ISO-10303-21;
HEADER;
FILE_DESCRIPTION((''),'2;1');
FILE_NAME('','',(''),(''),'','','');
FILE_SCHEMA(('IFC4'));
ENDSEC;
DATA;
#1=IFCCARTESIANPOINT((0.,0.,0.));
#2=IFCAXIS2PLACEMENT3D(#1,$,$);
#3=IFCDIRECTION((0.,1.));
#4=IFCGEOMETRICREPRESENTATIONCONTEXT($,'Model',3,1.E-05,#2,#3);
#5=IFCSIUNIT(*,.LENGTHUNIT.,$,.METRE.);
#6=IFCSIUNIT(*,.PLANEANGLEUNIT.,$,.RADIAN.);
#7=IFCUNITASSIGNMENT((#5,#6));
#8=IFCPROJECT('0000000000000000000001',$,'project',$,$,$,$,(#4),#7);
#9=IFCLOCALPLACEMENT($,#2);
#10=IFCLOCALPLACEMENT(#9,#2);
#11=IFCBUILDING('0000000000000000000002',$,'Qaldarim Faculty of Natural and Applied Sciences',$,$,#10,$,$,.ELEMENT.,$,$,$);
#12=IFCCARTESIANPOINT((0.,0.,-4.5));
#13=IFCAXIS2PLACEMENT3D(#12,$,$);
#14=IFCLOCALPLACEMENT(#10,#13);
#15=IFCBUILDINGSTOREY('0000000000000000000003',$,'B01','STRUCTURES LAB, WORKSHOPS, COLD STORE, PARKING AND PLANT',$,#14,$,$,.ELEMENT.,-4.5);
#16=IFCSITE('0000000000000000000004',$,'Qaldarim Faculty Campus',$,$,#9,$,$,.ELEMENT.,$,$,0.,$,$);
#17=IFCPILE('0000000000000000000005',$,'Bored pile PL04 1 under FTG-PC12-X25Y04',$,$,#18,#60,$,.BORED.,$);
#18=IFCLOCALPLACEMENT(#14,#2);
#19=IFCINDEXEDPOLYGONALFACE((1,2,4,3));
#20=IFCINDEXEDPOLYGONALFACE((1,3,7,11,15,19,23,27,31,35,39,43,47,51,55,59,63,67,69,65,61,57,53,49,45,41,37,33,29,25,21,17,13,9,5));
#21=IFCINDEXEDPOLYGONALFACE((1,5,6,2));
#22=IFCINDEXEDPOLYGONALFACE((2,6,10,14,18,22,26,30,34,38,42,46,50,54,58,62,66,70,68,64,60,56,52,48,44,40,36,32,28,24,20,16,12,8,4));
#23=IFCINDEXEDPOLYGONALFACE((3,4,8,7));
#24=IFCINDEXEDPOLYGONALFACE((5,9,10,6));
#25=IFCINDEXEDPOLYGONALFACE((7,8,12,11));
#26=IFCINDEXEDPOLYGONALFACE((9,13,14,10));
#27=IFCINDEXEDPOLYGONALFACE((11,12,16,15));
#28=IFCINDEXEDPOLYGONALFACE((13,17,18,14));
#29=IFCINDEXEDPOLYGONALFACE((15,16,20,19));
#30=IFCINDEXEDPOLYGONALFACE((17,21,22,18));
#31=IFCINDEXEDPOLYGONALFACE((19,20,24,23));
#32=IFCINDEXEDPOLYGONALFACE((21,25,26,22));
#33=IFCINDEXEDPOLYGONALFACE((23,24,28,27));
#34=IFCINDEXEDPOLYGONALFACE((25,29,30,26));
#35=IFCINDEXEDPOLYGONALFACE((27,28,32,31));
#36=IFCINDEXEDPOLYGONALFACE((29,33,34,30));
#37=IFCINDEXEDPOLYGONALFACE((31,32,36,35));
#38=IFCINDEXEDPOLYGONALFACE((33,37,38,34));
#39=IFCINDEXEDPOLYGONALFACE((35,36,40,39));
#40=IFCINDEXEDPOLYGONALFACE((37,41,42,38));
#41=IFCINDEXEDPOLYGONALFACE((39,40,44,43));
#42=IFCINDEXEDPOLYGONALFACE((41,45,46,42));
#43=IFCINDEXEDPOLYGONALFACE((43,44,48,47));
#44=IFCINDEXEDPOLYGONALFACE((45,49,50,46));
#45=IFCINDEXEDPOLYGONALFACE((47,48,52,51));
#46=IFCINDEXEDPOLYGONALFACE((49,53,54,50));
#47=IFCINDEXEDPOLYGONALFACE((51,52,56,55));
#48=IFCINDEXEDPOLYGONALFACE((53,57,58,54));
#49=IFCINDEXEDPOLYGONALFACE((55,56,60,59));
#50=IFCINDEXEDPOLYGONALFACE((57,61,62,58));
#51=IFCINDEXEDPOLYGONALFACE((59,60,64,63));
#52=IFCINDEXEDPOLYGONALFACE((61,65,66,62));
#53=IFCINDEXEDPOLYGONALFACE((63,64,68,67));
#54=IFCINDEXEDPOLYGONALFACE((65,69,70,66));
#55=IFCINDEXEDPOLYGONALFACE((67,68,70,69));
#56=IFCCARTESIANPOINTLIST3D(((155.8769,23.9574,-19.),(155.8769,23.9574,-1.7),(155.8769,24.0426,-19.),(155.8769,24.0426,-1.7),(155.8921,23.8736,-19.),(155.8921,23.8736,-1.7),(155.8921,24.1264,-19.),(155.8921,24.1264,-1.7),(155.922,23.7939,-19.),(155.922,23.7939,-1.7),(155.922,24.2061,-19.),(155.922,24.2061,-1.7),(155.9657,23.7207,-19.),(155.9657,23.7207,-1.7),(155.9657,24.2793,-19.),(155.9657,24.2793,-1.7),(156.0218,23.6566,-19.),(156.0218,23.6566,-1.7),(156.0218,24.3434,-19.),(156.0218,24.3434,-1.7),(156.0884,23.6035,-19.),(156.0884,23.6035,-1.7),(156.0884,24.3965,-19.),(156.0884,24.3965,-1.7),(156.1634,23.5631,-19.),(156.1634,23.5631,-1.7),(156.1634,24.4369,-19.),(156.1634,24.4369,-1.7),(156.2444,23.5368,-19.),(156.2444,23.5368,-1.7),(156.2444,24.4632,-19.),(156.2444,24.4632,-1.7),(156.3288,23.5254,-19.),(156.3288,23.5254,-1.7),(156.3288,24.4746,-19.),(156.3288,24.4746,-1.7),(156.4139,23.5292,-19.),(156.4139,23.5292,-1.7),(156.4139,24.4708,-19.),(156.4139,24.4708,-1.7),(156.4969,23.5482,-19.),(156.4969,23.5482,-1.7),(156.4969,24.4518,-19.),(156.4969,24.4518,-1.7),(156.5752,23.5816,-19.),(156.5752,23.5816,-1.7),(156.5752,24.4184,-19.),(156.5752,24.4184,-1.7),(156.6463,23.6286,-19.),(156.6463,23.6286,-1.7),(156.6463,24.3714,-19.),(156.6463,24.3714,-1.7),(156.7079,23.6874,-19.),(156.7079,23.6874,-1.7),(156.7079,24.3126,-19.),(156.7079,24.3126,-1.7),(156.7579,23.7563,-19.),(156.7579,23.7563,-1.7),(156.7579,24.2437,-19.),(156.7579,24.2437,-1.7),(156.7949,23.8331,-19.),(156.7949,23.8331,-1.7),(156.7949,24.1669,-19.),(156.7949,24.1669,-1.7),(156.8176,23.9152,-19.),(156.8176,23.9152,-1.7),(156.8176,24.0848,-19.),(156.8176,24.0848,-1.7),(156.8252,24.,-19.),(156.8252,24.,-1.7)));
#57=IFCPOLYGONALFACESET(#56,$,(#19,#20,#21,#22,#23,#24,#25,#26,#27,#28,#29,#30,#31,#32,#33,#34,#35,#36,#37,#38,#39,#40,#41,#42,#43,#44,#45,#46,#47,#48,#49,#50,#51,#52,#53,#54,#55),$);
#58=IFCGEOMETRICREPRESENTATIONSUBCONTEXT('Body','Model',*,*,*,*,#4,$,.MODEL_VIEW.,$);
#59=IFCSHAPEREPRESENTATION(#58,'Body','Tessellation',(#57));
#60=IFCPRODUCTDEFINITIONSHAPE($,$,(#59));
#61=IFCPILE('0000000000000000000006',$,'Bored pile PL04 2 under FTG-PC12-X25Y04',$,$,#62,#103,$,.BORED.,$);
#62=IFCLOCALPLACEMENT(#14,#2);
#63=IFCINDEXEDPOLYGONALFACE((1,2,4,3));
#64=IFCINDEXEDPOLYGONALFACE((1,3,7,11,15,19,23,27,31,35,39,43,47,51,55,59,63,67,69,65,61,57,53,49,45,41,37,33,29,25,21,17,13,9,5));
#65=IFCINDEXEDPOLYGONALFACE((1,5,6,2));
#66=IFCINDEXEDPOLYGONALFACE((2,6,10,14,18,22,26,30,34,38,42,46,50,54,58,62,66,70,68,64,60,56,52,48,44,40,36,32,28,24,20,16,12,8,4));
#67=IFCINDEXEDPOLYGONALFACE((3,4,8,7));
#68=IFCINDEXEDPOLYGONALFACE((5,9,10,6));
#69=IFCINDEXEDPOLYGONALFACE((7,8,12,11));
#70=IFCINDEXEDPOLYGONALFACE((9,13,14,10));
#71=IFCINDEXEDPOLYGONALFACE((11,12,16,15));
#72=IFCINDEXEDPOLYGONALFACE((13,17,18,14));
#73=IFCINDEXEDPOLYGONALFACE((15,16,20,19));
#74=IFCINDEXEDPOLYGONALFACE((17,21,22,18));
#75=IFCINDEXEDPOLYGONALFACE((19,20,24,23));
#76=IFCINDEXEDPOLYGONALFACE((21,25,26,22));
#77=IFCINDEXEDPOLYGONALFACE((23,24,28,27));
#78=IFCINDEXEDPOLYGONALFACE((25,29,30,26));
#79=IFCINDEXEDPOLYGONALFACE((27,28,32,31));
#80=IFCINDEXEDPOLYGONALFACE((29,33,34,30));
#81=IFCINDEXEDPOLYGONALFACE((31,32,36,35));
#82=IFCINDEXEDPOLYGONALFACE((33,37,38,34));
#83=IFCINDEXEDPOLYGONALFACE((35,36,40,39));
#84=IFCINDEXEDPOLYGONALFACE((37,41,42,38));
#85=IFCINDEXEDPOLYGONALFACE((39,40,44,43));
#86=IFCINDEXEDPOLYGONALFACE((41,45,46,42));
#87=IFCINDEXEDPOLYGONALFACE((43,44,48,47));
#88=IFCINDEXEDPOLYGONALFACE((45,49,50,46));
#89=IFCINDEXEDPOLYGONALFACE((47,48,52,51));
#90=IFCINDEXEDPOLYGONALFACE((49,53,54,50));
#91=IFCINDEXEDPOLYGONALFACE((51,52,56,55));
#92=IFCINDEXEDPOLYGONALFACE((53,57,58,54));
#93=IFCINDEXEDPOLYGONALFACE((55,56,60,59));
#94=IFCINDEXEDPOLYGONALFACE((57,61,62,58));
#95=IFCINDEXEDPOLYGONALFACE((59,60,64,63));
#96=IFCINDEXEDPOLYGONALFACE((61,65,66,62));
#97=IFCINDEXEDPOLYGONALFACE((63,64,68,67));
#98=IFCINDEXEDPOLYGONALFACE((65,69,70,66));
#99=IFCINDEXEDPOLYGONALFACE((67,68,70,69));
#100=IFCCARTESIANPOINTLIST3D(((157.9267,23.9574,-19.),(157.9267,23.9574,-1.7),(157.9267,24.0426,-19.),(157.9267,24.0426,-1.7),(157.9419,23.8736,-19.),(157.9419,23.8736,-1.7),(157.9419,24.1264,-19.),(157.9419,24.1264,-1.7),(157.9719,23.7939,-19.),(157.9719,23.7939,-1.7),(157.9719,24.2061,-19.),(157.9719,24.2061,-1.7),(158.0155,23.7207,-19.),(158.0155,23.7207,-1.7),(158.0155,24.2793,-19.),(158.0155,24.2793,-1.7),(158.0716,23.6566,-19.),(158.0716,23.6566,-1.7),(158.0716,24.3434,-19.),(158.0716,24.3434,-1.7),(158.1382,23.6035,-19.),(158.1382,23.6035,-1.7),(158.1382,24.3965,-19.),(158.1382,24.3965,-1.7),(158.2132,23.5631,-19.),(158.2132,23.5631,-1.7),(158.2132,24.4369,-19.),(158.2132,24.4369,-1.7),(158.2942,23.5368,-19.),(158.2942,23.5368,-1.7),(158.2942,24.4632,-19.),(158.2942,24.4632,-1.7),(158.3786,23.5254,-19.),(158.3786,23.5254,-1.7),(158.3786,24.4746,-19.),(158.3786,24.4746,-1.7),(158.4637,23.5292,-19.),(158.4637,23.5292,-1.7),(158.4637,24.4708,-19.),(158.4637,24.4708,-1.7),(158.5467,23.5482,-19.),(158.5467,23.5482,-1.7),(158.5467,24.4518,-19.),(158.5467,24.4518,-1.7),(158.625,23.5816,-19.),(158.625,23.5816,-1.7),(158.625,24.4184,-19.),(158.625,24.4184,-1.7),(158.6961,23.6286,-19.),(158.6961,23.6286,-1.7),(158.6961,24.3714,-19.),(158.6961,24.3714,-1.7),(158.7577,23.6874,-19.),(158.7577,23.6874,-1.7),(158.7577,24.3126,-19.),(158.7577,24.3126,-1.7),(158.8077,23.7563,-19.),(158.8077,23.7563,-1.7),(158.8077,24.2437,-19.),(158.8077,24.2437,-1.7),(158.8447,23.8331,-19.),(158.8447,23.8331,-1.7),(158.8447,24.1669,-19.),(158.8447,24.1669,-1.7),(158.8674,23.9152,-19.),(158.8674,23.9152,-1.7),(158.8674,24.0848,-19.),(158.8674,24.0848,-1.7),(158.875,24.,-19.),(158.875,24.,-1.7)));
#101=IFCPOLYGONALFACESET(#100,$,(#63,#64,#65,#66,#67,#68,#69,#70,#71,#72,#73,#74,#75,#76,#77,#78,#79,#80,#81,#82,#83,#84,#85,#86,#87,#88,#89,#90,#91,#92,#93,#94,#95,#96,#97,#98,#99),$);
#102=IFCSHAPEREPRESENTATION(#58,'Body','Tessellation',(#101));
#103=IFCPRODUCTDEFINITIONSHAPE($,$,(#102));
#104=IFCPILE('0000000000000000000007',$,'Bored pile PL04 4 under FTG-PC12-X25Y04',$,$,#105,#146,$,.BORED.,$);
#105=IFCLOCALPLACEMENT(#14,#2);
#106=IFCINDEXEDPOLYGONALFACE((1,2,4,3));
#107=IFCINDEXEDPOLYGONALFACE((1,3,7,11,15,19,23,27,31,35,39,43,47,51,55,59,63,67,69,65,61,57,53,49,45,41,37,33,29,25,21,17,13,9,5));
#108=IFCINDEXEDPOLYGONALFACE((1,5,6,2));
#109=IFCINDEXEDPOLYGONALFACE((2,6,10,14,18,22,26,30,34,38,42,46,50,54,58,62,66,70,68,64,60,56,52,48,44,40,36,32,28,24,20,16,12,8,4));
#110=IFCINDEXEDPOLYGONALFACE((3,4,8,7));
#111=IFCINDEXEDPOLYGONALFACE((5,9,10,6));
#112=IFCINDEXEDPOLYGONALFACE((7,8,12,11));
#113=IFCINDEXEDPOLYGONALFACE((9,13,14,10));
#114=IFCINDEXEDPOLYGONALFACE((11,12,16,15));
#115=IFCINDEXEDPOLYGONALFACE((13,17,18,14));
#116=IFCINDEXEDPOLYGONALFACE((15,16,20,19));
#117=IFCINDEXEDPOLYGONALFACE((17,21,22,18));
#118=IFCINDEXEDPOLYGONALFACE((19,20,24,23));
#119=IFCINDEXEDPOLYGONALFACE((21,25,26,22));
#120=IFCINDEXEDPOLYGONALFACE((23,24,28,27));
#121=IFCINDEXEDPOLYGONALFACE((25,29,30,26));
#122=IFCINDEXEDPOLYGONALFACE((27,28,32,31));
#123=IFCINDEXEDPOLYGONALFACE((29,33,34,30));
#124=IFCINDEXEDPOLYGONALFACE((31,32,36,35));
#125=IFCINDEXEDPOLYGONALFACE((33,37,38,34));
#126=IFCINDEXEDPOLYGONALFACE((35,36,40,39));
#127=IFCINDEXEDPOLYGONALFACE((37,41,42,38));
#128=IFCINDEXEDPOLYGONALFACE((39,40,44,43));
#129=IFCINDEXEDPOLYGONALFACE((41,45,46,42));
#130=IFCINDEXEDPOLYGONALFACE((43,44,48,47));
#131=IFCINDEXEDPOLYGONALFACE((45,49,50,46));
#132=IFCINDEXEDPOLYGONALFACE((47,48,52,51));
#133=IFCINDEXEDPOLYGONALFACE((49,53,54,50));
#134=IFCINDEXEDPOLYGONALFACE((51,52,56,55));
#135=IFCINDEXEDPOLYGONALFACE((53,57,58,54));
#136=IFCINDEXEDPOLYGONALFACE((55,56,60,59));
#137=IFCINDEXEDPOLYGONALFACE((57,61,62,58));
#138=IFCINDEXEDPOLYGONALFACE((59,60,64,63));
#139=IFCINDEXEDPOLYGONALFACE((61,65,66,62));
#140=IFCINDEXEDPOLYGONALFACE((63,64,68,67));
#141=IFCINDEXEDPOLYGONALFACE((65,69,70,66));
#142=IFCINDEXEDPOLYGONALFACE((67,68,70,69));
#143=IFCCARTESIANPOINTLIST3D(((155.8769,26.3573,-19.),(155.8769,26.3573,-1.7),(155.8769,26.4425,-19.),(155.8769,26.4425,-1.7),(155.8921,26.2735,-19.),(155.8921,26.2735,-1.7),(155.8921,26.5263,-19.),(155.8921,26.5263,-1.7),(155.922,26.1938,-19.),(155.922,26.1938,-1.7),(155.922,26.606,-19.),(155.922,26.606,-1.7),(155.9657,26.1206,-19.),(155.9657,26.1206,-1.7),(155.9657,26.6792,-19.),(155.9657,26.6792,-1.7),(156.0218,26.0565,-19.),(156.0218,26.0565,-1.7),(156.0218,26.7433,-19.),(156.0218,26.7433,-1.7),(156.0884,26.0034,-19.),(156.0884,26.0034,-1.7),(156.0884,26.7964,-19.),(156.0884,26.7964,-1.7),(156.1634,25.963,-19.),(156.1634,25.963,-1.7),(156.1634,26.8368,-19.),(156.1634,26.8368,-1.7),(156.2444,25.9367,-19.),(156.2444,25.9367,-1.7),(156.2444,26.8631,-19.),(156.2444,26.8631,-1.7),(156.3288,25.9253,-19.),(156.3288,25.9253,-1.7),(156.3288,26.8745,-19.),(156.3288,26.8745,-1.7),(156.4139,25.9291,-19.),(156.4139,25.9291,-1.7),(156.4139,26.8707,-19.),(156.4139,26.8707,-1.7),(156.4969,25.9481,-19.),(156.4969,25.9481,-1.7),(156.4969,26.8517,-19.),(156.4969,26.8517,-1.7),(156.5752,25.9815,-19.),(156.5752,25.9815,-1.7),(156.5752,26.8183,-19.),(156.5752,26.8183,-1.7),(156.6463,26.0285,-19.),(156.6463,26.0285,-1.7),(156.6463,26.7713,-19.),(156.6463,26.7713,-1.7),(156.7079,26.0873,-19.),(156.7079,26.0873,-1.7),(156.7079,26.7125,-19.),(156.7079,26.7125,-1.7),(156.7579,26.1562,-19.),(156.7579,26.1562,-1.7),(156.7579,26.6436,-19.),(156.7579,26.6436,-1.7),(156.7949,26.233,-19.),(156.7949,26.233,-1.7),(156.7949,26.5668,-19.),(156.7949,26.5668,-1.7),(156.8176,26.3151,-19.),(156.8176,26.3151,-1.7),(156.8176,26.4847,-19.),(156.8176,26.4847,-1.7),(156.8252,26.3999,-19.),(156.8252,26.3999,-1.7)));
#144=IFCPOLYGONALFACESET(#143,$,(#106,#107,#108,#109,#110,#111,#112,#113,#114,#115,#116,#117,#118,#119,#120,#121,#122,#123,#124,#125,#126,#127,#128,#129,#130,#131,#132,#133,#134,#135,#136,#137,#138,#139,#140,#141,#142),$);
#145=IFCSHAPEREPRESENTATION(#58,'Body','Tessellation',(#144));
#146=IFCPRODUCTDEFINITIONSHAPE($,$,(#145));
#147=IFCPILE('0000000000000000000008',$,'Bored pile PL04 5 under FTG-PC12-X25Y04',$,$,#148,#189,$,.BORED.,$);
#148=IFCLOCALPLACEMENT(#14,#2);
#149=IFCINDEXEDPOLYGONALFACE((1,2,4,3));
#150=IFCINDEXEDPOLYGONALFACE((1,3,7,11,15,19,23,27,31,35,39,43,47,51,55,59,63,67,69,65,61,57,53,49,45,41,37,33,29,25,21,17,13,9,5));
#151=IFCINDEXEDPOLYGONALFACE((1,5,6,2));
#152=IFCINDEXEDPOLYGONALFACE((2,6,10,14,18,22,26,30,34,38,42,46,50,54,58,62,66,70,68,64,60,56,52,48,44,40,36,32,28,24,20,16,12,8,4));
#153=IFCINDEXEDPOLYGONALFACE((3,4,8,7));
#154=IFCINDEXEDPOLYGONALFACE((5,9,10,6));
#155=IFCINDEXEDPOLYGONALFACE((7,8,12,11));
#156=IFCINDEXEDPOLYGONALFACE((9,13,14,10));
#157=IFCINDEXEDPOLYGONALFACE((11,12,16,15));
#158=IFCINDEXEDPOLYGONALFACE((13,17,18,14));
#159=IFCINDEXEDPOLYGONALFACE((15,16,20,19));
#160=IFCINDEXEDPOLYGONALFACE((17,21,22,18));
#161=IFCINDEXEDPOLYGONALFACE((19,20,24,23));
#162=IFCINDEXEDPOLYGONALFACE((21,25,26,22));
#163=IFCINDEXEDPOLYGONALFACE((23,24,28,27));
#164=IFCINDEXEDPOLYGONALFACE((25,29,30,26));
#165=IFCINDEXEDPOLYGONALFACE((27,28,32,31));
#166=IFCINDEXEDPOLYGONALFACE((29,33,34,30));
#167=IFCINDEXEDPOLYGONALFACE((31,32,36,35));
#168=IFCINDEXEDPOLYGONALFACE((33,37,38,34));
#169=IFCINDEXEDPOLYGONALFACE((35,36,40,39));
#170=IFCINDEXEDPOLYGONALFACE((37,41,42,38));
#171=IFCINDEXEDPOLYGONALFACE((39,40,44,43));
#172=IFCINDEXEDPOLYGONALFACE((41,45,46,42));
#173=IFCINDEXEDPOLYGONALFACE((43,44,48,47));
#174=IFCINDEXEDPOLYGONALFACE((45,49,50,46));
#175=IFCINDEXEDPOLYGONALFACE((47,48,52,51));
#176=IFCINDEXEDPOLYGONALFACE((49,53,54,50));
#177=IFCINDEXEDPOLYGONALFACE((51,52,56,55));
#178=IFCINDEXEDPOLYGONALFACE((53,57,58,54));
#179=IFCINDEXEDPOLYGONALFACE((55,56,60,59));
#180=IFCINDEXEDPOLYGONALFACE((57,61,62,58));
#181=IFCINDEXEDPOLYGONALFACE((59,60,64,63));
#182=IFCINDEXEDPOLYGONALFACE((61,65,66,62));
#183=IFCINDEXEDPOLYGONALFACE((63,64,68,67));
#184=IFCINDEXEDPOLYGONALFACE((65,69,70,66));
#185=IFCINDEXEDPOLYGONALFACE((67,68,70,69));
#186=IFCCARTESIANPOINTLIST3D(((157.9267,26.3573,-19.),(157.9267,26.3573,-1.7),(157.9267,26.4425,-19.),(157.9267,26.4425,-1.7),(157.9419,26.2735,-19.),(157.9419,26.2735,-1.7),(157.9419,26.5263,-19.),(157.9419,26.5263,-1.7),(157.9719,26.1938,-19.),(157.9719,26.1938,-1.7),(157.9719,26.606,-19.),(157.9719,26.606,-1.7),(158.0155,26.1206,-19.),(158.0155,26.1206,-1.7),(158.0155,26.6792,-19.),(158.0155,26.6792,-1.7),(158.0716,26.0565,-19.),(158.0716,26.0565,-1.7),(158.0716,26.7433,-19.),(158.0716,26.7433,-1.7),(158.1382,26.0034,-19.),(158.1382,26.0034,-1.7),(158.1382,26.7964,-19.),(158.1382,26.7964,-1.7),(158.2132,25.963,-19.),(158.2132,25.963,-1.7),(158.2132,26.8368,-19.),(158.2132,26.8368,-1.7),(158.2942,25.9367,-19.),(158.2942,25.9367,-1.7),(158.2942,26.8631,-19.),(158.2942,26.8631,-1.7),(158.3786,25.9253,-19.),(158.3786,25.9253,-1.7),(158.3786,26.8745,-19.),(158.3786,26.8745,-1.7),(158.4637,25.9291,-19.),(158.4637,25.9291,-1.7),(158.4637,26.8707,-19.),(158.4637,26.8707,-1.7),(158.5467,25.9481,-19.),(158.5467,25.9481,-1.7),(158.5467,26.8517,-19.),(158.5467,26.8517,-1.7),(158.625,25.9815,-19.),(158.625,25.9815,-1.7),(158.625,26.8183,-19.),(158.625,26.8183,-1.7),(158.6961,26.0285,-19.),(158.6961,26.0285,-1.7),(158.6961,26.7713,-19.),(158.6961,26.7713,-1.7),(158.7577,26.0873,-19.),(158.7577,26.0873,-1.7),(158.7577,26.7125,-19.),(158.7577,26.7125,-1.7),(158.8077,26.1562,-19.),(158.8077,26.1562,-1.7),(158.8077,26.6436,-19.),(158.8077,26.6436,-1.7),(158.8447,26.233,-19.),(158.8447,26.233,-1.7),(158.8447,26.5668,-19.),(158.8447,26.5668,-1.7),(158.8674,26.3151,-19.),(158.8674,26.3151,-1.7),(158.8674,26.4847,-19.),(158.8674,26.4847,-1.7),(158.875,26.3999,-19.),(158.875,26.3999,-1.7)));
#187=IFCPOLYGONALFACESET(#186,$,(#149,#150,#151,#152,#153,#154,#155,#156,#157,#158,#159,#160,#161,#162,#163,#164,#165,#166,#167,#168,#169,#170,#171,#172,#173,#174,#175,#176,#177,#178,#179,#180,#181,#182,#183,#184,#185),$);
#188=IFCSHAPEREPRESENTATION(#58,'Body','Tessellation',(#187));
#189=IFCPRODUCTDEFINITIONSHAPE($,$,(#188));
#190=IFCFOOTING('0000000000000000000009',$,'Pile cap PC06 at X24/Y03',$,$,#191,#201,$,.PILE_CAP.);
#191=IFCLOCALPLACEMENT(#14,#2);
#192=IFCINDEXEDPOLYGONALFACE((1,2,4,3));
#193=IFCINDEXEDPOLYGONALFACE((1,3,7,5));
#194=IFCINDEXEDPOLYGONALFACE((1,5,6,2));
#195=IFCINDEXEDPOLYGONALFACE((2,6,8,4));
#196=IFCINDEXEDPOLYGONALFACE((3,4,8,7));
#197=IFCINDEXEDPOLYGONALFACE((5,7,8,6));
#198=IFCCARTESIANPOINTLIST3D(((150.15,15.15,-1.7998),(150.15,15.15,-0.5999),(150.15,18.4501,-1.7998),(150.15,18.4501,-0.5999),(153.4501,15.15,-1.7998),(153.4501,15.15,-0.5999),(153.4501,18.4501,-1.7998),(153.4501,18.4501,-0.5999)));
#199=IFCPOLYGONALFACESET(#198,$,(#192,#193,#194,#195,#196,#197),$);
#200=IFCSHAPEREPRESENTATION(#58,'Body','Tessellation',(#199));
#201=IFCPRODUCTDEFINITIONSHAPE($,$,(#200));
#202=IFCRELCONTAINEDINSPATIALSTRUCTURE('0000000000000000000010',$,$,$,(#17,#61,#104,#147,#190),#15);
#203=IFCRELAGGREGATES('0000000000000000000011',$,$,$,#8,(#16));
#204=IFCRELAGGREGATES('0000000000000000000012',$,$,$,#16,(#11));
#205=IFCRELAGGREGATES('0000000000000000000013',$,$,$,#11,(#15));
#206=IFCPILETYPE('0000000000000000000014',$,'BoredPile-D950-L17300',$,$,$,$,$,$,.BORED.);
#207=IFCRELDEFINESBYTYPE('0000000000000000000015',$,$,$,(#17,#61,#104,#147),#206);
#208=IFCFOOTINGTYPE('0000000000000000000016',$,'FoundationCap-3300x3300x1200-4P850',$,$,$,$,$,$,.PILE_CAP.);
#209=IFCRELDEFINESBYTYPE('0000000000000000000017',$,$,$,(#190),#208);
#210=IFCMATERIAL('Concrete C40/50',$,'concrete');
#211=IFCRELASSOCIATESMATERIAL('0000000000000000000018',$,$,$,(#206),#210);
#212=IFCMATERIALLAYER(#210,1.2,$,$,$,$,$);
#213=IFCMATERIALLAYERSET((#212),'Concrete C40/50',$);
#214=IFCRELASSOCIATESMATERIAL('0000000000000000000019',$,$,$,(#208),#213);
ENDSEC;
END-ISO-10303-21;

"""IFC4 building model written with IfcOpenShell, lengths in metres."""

from ifc_helpers import new_model, si_unit, direction, frame, origin, origin_2d, place, context, subcontext, project, spatial, rectangle, circle, extrude, material, layer, layer_set, material_profile, profile_set, type_object, element, save


model = new_model("IFC4")

# Units and contexts
model_context = context("Model", 3, precision=1e-05, world=origin(), true_north=direction((0.0, 1.0)))
body_context = subcontext(model_context, "Body", "Model", "MODEL_VIEW")
ifc_project = project(units=[si_unit("LENGTHUNIT", "METRE"), si_unit("PLANEANGLEUNIT", "RADIAN")], contexts=[model_context])

# Site, building, storey
site_placement = place(None, origin())
site = spatial("IfcSite", under=ifc_project, at=site_placement, Name="Qaldarim Faculty Campus", CompositionType="ELEMENT", RefElevation=0.0)
building_placement = place(site_placement, origin())
building = spatial("IfcBuilding", under=site, at=building_placement, Name="Qaldarim Faculty of Natural and Applied Sciences", CompositionType="ELEMENT")
storey_placement = place(building_placement, frame((0.0, 0.0, -4.5)))
storey = spatial("IfcBuildingStorey", under=building, at=storey_placement, Name="B01", Description="STRUCTURES LAB, WORKSHOPS, COLD STORE, PARKING AND PLANT", CompositionType="ELEMENT", Elevation=-4.5)

# Piles
ifc_material_1 = material(Name="Concrete C40/50", Category="concrete")
ifc_material_profile_1 = material_profile(ifc_material_1, circle(Radius=0.4751, at=origin_2d()), Name="PILE-D950")
ifc_profile_set_1 = profile_set([ifc_material_profile_1], Name="Concrete C40/50")
pile_type_1 = type_object("IfcPileType", Name="BoredPile-D950-L17300", PredefinedType="BORED", material=ifc_profile_set_1)
for number, where, z_axis, x_axis, name in (
    (1, (156.3501, 24.0, -1.7), (0.0, 0.0, -1.0), (1.0, 0.0, 0.0), "Bored pile PL04 1 under FTG-PC12-X25Y04"),
    (2, (158.3999, 24.0, -1.7), (0.0, 0.0, -1.0), (1.0, 0.0, 0.0), "Bored pile PL04 2 under FTG-PC12-X25Y04"),
    (3, (156.3501, 26.3999, -1.7), (0.0, 0.0, -1.0), (1.0, 0.0, 0.0), "Bored pile PL04 4 under FTG-PC12-X25Y04"),
    (4, (158.3999, 26.3999, -1.7), (0.0, 0.0, -1.0), (1.0, 0.0, 0.0), "Bored pile PL04 5 under FTG-PC12-X25Y04"),
):
    element("IfcPile", number, at=place(storey_placement, frame(where, z_axis=z_axis, x_axis=x_axis)), inside=storey, type_object=pile_type_1, Name=name, PredefinedType="BORED", context=body_context, shape_type="SweptSolid", body=[
        extrude(circle(Radius=0.4751, at=origin_2d()), origin(), (0.0, 0.0, 1.0), 17.3),
    ])

# Footing
ifc_layer_1 = layer(ifc_material_1, 1.2)
ifc_layer_set_1 = layer_set([ifc_layer_1], Name="Concrete C40/50")
footing_type_1 = type_object("IfcFootingType", Name="FoundationCap-3300x3300x1200-4P850", PredefinedType="PILE_CAP", material=ifc_layer_set_1)
footing_1_placement = place(storey_placement, frame((151.8, 16.8, -1.7998), z_axis=(0.0, 0.0, 1.0), x_axis=(1.0, 0.0, 0.0)))
element("IfcFooting", 5, at=footing_1_placement, inside=storey, type_object=footing_type_1, Name="Pile cap PC06 at X24/Y03", PredefinedType="PILE_CAP", context=body_context, shape_type="SweptSolid", body=[
    extrude(rectangle(XDim=3.3, YDim=3.3, at=origin_2d()), origin(), (0.0, 0.0, 1.0), 1.2),
])

save(model, "model.ifc")
